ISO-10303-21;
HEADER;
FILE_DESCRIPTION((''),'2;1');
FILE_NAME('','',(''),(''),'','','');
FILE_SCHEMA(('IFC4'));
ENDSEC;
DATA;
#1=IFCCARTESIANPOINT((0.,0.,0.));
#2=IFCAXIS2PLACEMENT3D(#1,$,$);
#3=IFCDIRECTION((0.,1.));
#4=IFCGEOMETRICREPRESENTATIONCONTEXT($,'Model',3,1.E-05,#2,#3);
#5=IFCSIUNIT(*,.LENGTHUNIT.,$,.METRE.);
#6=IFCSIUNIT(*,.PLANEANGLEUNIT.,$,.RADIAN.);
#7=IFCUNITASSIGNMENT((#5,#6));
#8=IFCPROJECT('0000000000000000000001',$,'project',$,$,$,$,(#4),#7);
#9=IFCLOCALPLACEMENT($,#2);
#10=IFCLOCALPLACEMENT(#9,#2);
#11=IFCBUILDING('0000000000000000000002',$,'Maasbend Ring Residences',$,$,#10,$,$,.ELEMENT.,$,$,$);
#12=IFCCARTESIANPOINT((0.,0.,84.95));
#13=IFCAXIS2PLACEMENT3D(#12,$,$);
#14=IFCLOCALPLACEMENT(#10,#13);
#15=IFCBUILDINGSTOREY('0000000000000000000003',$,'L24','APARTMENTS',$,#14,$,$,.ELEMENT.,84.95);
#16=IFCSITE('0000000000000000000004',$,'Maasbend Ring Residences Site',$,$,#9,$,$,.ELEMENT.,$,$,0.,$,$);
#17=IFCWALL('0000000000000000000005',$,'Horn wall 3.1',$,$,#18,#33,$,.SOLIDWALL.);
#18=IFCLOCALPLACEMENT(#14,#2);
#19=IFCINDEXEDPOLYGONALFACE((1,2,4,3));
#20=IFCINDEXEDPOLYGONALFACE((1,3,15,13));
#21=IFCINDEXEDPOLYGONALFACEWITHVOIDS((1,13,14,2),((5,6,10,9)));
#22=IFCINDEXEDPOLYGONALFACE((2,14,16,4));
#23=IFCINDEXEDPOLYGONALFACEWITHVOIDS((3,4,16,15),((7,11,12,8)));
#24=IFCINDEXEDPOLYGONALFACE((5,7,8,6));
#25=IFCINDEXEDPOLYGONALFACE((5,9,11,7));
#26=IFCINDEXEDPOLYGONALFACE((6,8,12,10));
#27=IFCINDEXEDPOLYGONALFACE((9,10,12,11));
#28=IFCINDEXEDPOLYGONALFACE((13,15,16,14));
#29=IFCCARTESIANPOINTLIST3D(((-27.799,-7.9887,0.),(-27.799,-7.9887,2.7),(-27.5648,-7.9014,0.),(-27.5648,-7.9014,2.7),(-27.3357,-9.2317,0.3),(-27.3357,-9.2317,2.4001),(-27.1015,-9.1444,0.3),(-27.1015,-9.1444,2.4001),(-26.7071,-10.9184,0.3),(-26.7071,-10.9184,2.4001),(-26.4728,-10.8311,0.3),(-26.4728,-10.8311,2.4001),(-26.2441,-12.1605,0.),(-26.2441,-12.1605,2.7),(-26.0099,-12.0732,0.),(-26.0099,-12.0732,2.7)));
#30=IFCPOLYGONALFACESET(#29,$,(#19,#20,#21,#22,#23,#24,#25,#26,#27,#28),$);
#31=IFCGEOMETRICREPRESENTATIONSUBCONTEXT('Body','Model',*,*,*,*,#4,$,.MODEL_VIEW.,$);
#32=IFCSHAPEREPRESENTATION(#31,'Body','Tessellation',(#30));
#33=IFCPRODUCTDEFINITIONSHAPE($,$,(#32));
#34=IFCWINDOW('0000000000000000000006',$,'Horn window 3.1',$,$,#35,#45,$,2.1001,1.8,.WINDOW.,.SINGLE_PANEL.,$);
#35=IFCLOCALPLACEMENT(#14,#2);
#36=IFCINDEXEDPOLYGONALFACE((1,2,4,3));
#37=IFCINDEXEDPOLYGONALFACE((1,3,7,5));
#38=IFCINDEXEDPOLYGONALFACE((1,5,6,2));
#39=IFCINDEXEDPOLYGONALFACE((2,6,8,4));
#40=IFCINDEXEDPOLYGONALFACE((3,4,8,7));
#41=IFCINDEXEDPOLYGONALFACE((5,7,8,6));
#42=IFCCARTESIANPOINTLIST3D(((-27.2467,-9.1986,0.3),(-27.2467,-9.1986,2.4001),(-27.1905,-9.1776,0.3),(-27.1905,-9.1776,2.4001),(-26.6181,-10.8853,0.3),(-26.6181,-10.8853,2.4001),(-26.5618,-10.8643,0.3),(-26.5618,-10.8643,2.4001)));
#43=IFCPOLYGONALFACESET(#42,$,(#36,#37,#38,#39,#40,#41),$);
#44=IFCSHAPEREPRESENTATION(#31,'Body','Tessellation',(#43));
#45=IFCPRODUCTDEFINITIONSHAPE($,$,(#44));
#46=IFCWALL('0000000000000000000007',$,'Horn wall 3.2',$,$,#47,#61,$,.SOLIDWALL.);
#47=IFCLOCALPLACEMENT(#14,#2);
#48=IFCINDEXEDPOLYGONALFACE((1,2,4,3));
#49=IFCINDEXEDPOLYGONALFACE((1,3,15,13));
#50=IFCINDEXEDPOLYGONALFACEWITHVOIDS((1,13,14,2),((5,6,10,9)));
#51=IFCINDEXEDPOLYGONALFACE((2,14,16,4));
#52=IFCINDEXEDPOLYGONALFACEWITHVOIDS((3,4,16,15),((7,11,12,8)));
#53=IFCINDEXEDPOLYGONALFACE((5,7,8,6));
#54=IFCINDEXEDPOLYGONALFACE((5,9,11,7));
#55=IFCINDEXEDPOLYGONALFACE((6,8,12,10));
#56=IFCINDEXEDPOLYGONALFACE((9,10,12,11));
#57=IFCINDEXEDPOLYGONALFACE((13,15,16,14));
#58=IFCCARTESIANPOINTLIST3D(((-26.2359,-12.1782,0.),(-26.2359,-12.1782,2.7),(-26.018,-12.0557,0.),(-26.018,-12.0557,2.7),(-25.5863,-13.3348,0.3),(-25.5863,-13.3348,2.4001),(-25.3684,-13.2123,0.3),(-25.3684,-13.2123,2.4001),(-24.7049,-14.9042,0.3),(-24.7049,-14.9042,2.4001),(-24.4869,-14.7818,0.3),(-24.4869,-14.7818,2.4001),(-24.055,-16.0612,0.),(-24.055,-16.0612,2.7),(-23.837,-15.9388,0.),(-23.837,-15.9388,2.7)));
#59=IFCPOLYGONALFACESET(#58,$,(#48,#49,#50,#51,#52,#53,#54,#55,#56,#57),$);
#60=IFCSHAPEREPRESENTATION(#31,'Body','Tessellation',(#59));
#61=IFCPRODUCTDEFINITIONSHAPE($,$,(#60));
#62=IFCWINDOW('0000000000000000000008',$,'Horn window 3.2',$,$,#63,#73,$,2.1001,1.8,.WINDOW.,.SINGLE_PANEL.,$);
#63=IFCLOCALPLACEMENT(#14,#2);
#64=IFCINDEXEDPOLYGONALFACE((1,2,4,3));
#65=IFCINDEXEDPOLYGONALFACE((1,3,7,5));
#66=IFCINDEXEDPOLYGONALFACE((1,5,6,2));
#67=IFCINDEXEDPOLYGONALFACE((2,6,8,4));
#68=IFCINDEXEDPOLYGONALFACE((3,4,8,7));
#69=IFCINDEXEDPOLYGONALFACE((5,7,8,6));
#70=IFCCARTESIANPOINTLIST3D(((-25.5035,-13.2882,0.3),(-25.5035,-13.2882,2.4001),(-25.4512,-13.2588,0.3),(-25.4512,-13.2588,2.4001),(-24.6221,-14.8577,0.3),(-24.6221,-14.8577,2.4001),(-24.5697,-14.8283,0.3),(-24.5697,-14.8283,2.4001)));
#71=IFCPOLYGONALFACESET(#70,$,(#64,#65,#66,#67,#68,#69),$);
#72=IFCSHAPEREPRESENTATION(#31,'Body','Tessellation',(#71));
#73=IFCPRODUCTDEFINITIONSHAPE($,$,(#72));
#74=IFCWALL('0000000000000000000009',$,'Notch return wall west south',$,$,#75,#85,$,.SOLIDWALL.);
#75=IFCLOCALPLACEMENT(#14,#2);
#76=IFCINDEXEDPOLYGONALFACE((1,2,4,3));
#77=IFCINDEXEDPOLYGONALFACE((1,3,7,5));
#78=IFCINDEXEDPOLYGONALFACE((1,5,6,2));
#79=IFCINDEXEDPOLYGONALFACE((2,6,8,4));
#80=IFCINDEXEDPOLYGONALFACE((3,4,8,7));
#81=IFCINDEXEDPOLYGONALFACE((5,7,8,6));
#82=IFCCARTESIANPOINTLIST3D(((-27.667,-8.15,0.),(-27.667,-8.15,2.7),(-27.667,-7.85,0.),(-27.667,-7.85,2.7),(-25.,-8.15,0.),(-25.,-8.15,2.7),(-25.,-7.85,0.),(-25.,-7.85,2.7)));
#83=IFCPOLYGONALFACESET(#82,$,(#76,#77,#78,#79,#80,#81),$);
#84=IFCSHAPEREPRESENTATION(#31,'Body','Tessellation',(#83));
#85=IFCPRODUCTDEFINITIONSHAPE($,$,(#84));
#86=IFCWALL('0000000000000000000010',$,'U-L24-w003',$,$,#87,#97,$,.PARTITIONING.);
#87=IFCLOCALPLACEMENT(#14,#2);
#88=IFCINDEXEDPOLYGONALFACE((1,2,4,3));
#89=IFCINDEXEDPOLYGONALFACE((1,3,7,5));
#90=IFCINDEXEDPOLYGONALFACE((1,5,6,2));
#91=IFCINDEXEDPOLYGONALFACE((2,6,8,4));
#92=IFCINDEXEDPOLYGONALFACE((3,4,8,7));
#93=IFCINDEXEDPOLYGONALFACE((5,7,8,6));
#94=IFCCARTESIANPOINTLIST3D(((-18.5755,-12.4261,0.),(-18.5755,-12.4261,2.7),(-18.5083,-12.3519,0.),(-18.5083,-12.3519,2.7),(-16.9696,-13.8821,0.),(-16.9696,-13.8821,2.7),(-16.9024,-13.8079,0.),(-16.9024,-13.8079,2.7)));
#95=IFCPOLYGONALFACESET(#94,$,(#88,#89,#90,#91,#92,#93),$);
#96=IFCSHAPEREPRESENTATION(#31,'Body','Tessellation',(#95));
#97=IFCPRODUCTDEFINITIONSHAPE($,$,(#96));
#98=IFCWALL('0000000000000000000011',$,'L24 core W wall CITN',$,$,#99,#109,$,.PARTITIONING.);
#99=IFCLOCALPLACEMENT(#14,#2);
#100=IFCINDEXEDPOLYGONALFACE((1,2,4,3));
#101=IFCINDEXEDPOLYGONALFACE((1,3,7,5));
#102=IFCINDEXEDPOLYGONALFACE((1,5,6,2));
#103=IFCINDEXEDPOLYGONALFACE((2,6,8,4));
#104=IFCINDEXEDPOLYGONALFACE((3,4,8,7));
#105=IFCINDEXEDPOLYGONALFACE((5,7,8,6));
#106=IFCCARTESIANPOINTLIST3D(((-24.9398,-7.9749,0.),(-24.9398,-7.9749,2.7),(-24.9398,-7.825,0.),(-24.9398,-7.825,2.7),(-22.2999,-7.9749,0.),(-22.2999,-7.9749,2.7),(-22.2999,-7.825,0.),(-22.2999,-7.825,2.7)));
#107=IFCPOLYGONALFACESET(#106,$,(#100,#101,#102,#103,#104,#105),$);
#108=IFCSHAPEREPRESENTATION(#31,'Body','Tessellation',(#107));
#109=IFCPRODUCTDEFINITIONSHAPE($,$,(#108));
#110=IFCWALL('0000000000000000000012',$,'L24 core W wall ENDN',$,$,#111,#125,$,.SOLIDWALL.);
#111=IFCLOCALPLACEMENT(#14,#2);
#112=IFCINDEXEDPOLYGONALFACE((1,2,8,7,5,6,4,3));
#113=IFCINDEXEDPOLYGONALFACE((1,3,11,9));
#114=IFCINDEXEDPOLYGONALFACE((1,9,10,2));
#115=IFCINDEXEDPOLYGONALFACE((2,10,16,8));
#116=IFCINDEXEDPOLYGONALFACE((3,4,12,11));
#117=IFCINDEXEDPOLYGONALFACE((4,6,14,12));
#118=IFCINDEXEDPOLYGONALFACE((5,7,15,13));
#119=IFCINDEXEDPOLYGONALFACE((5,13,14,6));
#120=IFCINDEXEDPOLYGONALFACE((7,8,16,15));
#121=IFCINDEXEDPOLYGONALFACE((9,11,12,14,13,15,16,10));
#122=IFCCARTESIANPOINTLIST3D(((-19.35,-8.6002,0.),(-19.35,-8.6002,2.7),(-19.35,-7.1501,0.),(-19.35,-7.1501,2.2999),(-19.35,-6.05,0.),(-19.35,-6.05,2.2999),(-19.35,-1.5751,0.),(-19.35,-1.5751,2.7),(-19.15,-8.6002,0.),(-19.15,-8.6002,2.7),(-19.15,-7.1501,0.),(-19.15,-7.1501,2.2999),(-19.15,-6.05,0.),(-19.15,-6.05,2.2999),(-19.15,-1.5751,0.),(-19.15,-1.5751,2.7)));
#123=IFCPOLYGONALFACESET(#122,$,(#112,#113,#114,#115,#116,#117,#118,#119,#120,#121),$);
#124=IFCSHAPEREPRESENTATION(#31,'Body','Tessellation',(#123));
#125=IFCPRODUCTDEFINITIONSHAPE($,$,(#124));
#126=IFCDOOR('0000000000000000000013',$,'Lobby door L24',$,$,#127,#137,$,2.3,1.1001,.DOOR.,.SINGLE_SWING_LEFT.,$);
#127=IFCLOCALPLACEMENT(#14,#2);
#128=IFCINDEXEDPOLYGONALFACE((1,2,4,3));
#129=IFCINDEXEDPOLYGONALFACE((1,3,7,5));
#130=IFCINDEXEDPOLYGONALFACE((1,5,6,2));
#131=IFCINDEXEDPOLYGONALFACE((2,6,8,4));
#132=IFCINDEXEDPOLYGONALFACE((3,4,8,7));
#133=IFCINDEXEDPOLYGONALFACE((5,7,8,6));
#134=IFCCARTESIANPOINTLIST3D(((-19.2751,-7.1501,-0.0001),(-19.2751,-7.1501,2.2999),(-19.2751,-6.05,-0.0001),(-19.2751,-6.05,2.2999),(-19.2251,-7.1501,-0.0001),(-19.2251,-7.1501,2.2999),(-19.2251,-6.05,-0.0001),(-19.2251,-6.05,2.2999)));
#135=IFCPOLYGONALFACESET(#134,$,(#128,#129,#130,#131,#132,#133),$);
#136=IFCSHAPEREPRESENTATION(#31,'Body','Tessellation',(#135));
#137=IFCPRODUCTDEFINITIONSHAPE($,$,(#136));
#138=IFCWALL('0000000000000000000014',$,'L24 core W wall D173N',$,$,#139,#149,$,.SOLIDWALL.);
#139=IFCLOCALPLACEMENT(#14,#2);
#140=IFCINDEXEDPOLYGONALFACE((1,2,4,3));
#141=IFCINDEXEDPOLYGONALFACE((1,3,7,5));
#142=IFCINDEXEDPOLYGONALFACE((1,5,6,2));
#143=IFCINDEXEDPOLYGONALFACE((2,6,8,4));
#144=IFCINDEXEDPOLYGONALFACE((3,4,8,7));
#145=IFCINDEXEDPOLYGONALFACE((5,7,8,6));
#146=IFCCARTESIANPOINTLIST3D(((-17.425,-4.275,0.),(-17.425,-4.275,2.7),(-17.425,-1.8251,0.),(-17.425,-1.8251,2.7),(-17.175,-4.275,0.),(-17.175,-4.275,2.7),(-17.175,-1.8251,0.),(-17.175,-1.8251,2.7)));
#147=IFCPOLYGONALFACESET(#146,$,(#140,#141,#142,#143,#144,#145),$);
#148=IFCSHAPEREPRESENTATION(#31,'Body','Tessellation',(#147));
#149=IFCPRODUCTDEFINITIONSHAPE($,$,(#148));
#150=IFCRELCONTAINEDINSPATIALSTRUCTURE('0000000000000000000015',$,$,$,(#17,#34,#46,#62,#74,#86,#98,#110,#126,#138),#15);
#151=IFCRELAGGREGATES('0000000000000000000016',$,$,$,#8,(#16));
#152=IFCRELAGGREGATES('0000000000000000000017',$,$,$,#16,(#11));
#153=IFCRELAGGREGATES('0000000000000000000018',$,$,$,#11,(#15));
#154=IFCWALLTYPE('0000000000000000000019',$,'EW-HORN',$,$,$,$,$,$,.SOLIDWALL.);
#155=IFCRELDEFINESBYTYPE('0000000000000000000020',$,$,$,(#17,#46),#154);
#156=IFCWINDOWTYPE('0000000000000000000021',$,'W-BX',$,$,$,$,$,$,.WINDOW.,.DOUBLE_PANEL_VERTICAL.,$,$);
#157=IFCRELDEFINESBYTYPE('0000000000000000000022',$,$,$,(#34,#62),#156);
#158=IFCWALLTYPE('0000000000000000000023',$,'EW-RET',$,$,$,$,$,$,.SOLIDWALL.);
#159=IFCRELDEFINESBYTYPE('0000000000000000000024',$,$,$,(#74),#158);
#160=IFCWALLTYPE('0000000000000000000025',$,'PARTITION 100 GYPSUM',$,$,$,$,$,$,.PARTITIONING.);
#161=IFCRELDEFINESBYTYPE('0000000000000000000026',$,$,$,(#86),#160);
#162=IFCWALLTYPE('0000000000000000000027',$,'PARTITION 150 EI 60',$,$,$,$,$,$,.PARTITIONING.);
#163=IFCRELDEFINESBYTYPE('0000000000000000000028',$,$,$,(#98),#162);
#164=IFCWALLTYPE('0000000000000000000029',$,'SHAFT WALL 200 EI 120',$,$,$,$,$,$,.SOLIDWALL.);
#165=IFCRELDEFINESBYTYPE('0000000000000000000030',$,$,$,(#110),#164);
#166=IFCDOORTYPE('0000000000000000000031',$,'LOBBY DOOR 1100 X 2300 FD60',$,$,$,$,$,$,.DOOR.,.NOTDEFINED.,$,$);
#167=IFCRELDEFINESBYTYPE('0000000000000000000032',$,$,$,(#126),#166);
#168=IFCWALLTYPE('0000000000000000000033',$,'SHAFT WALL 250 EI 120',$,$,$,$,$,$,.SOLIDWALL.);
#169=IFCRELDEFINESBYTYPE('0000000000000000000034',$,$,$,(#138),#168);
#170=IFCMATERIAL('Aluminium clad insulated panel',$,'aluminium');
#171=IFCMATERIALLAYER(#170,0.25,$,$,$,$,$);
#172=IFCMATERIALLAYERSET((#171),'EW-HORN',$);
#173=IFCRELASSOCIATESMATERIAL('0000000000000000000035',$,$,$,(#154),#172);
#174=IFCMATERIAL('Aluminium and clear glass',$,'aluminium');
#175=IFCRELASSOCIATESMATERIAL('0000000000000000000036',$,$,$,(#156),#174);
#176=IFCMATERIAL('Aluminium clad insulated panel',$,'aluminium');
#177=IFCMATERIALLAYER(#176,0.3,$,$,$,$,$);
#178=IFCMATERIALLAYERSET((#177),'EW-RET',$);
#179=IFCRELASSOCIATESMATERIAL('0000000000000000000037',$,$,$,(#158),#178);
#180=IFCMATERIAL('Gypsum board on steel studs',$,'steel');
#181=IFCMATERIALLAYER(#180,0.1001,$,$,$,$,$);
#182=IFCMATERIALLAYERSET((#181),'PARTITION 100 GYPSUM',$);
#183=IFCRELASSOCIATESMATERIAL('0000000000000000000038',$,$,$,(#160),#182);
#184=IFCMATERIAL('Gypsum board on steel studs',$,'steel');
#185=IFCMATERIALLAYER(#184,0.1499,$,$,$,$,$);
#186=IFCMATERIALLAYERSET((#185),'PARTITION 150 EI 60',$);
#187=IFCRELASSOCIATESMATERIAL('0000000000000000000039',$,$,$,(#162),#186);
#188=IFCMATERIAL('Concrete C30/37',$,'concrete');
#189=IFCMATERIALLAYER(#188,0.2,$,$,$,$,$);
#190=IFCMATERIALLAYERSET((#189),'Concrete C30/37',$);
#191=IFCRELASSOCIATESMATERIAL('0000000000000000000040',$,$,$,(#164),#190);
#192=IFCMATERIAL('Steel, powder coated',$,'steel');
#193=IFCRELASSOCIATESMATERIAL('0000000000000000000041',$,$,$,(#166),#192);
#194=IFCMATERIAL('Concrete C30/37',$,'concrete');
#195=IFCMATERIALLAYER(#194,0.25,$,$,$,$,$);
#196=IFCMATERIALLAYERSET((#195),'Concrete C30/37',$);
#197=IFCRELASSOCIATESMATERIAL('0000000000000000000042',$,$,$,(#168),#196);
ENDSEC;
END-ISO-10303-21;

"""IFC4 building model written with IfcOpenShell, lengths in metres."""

from ifc_helpers import new_model, si_unit, direction, frame, frame_2d, origin, place, context, subcontext, project, spatial, rectangle, extrude, material, layer, layer_set, type_object, element, fill, save


model = new_model("IFC4")

# Units and contexts
model_context = context("Model", 3, precision=1e-05, world=origin(), true_north=direction((0.0, 1.0)))
body_context = subcontext(model_context, "Body", "Model", "MODEL_VIEW")
ifc_project = project(units=[si_unit("LENGTHUNIT", "METRE"), si_unit("PLANEANGLEUNIT", "RADIAN")], contexts=[model_context])

# Site, building, storey
site_placement = place(None, origin())
site = spatial("IfcSite", under=ifc_project, at=site_placement, Name="Maasbend Ring Residences Site", CompositionType="ELEMENT", RefElevation=0.0)
building_placement = place(site_placement, origin())
building = spatial("IfcBuilding", under=site, at=building_placement, Name="Maasbend Ring Residences", CompositionType="ELEMENT")
storey_placement = place(building_placement, frame((0.0, 0.0, 84.95)))
storey = spatial("IfcBuildingStorey", under=building, at=storey_placement, Name="L24", Description="APARTMENTS", CompositionType="ELEMENT", Elevation=84.95)

# Walls, openings, windows
ifc_material_1 = material(Name="Aluminium clad insulated panel", Category="aluminium")
ifc_layer_1 = layer(ifc_material_1, 0.25)
ifc_layer_set_1 = layer_set([ifc_layer_1], Name="EW-HORN")
wall_type_1 = type_object("IfcWallType", Name="EW-HORN", PredefinedType="SOLIDWALL", material=ifc_layer_set_1)
wall_1_placement = place(storey_placement, frame((-27.6819, -7.9451, 0.0), z_axis=(0.0, 0.0, 1.0), x_axis=(0.349248, -0.93703, 0.0)))
wall_1 = element("IfcWall", 1, at=wall_1_placement, inside=storey, type_object=wall_type_1, Name="Horn wall 3.1", PredefinedType="SOLIDWALL", context=body_context, shape_type="SweptSolid", body=[
    extrude(rectangle(XDim=4.4521, YDim=0.25, at=frame_2d((2.2261, 0.0))), origin(), (0.0, 0.0, 1.0), 2.7),
])
opening_1_placement = place(wall_1_placement, frame((1.3267, 0.0, 0.3)))
opening_1 = element("IfcOpeningElement", 2, at=opening_1_placement, cuts=wall_1, PredefinedType="OPENING", context=body_context, shape_type="SweptSolid", body=[
    extrude(rectangle(XDim=1.8, YDim=2.1001, at=frame_2d((0.8999, 1.05))), frame((0.0, 0.135, 0.0), z_axis=(0.0, -1.0, 0.0), x_axis=(1.0, 0.0, 0.0)), (0.0, 0.0, 1.0), 0.27),
])
ifc_material_2 = material(Name="Aluminium and clear glass", Category="aluminium")
window_type = type_object("IfcWindowType", Name="W-BX", PartitioningType="DOUBLE_PANEL_VERTICAL", PredefinedType="WINDOW", material=ifc_material_2)
window_1_placement = place(opening_1_placement, origin())
window_1 = element("IfcWindow", 3, at=window_1_placement, inside=storey, type_object=window_type, Name="Horn window 3.1", OverallHeight=2.1001, OverallWidth=1.8, PartitioningType="SINGLE_PANEL", PredefinedType="WINDOW", context=body_context, shape_type="SweptSolid", body=[
    extrude(rectangle(XDim=1.8, YDim=2.1001, at=frame_2d((0.8999, 1.05))), frame((0.0, 0.03, 0.0), z_axis=(0.0, -1.0, 0.0), x_axis=(1.0, 0.0, 0.0)), (0.0, 0.0, 1.0), 0.0601),
])
fill(opening_1, window_1)
wall_2_placement = place(storey_placement, frame((-26.127, -12.1169, 0.0), z_axis=(0.0, 0.0, 1.0), x_axis=(0.489696, -0.871893, 0.0)))
wall_2 = element("IfcWall", 4, at=wall_2_placement, inside=storey, type_object=wall_type_1, Name="Horn wall 3.2", PredefinedType="SOLIDWALL", context=body_context, shape_type="SweptSolid", body=[
    extrude(rectangle(XDim=4.4536, YDim=0.25, at=frame_2d((2.2268, 0.0))), origin(), (0.0, 0.0, 1.0), 2.7),
])
opening_2_placement = place(wall_2_placement, frame((1.3267, 0.0, 0.3)))
opening_2 = element("IfcOpeningElement", 5, at=opening_2_placement, cuts=wall_2, PredefinedType="OPENING", context=body_context, shape_type="SweptSolid", body=[
    extrude(rectangle(XDim=1.8, YDim=2.1001, at=frame_2d((0.8999, 1.05))), frame((0.0, 0.135, 0.0), z_axis=(0.0, -1.0, 0.0), x_axis=(1.0, 0.0, 0.0)), (0.0, 0.0, 1.0), 0.27),
])
window_2_placement = place(opening_2_placement, origin())
window_2 = element("IfcWindow", 6, at=window_2_placement, inside=storey, type_object=window_type, Name="Horn window 3.2", OverallHeight=2.1001, OverallWidth=1.8, PartitioningType="SINGLE_PANEL", PredefinedType="WINDOW", context=body_context, shape_type="SweptSolid", body=[
    extrude(rectangle(XDim=1.8, YDim=2.1001, at=frame_2d((0.8999, 1.05))), frame((0.0, 0.03, 0.0), z_axis=(0.0, -1.0, 0.0), x_axis=(1.0, 0.0, 0.0)), (0.0, 0.0, 1.0), 0.0601),
])
fill(opening_2, window_2)

# Walls
ifc_material_3 = material(Name="Aluminium clad insulated panel", Category="aluminium")
ifc_layer_2 = layer(ifc_material_3, 0.3)
ifc_layer_set_2 = layer_set([ifc_layer_2], Name="EW-RET")
wall_type_2 = type_object("IfcWallType", Name="EW-RET", PredefinedType="SOLIDWALL", material=ifc_layer_set_2)
wall_3_placement = place(storey_placement, frame((-25.0, -8.0, 0.0), z_axis=(0.0, 0.0, 1.0), x_axis=(-1.0, 0.0, 0.0)))
element("IfcWall", 7, at=wall_3_placement, inside=storey, type_object=wall_type_2, Name="Notch return wall west south", PredefinedType="SOLIDWALL", context=body_context, shape_type="SweptSolid", body=[
    extrude(rectangle(XDim=2.667, YDim=0.3, at=frame_2d((1.3335, 0.0))), origin(), (0.0, 0.0, 1.0), 2.7),
])
ifc_material_4 = material(Name="Gypsum board on steel studs", Category="steel")
ifc_layer_3 = layer(ifc_material_4, 0.1001)
ifc_layer_set_3 = layer_set([ifc_layer_3], Name="PARTITION 100 GYPSUM")
wall_type_3 = type_object("IfcWallType", Name="PARTITION 100 GYPSUM", PredefinedType="PARTITIONING", material=ifc_layer_set_3)
wall_4_placement = place(storey_placement, frame((-18.542, -12.3889, 0.0), z_axis=(0.0, 0.0, 1.0), x_axis=(0.740836, -0.671686, 0.0)))
element("IfcWall", 8, at=wall_4_placement, inside=storey, type_object=wall_type_3, Name="U-L24-w003", PredefinedType="PARTITIONING", context=body_context, shape_type="SweptSolid", body=[
    extrude(rectangle(XDim=2.1677, YDim=0.1001, at=frame_2d((1.084, 0.0))), origin(), (0.0, 0.0, 1.0), 2.7),
])
ifc_material_5 = material(Name="Gypsum board on steel studs", Category="steel")
ifc_layer_4 = layer(ifc_material_5, 0.1499)
ifc_layer_set_4 = layer_set([ifc_layer_4], Name="PARTITION 150 EI 60")
wall_type_4 = type_object("IfcWallType", Name="PARTITION 150 EI 60", PredefinedType="PARTITIONING", material=ifc_layer_set_4)
wall_5_placement = place(storey_placement, frame((-22.3, -7.8999, 0.0), z_axis=(0.0, 0.0, 1.0), x_axis=(-1.0, 0.0, 0.0)))
element("IfcWall", 9, at=wall_5_placement, inside=storey, type_object=wall_type_4, Name="L24 core W wall CITN", PredefinedType="PARTITIONING", context=body_context, shape_type="SweptSolid", body=[
    extrude(rectangle(XDim=2.6399, YDim=0.1499, at=frame_2d((1.3198, 0.0))), origin(), (0.0, 0.0, 1.0), 2.7),
])

# Wall, opening, door
ifc_material_6 = material(Name="Concrete C30/37", Category="concrete")
ifc_layer_5 = layer(ifc_material_6, 0.2)
ifc_layer_set_5 = layer_set([ifc_layer_5], Name="Concrete C30/37")
wall_type_5 = type_object("IfcWallType", Name="SHAFT WALL 200 EI 120", PredefinedType="SOLIDWALL", material=ifc_layer_set_5)
wall_6_placement = place(storey_placement, frame((-19.25, -1.575, 0.0), z_axis=(0.0, 0.0, 1.0), x_axis=(0.0, -1.0, 0.0)))
wall_6 = element("IfcWall", 10, at=wall_6_placement, inside=storey, type_object=wall_type_5, Name="L24 core W wall ENDN", PredefinedType="SOLIDWALL", context=body_context, shape_type="SweptSolid", body=[
    extrude(rectangle(XDim=7.0251, YDim=0.2, at=frame_2d((3.5127, 0.0))), origin(), (0.0, 0.0, 1.0), 2.7),
])
opening_3_placement = place(wall_6_placement, frame((4.4751, 0.0, 0.0)))
opening_3 = element("IfcOpeningElement", 11, at=opening_3_placement, cuts=wall_6, PredefinedType="OPENING", context=body_context, shape_type="SweptSolid", body=[
    extrude(rectangle(XDim=1.1001, YDim=2.3, at=frame_2d((0.55, 1.1499))), frame((0.0, 0.1099, 0.0), z_axis=(0.0, -1.0, 0.0), x_axis=(1.0, 0.0, 0.0)), (0.0, 0.0, 1.0), 0.22),
])
ifc_material_7 = material(Name="Steel, powder coated", Category="steel")
door_type_1 = type_object("IfcDoorType", Name="LOBBY DOOR 1100 X 2300 FD60", OperationType="NOTDEFINED", PredefinedType="DOOR", material=ifc_material_7)
door_1_placement = place(opening_3_placement, origin())
door_1 = element("IfcDoor", 12, at=door_1_placement, inside=storey, type_object=door_type_1, Name="Lobby door L24", OperationType="SINGLE_SWING_LEFT", OverallHeight=2.3, OverallWidth=1.1001, PredefinedType="DOOR", context=body_context, shape_type="SweptSolid", body=[
    extrude(rectangle(XDim=1.1001, YDim=2.3, at=frame_2d((0.55, 1.1499))), frame((0.0, 0.0249, 0.0), z_axis=(0.0, -1.0, 0.0), x_axis=(1.0, 0.0, 0.0)), (0.0, 0.0, 1.0), 0.05),
])
fill(opening_3, door_1)

# Wall
ifc_material_8 = material(Name="Concrete C30/37", Category="concrete")
ifc_layer_6 = layer(ifc_material_8, 0.25)
ifc_layer_set_6 = layer_set([ifc_layer_6], Name="Concrete C30/37")
wall_type_6 = type_object("IfcWallType", Name="SHAFT WALL 250 EI 120", PredefinedType="SOLIDWALL", material=ifc_layer_set_6)
wall_7_placement = place(storey_placement, frame((-17.3, -1.825, 0.0), z_axis=(0.0, 0.0, 1.0), x_axis=(0.0, -1.0, 0.0)))
element("IfcWall", 13, at=wall_7_placement, inside=storey, type_object=wall_type_6, Name="L24 core W wall D173N", PredefinedType="SOLIDWALL", context=body_context, shape_type="SweptSolid", body=[
    extrude(rectangle(XDim=2.45, YDim=0.25, at=frame_2d((1.2251, 0.0))), origin(), (0.0, 0.0, 1.0), 2.7),
])

save(model, "model.ifc")
